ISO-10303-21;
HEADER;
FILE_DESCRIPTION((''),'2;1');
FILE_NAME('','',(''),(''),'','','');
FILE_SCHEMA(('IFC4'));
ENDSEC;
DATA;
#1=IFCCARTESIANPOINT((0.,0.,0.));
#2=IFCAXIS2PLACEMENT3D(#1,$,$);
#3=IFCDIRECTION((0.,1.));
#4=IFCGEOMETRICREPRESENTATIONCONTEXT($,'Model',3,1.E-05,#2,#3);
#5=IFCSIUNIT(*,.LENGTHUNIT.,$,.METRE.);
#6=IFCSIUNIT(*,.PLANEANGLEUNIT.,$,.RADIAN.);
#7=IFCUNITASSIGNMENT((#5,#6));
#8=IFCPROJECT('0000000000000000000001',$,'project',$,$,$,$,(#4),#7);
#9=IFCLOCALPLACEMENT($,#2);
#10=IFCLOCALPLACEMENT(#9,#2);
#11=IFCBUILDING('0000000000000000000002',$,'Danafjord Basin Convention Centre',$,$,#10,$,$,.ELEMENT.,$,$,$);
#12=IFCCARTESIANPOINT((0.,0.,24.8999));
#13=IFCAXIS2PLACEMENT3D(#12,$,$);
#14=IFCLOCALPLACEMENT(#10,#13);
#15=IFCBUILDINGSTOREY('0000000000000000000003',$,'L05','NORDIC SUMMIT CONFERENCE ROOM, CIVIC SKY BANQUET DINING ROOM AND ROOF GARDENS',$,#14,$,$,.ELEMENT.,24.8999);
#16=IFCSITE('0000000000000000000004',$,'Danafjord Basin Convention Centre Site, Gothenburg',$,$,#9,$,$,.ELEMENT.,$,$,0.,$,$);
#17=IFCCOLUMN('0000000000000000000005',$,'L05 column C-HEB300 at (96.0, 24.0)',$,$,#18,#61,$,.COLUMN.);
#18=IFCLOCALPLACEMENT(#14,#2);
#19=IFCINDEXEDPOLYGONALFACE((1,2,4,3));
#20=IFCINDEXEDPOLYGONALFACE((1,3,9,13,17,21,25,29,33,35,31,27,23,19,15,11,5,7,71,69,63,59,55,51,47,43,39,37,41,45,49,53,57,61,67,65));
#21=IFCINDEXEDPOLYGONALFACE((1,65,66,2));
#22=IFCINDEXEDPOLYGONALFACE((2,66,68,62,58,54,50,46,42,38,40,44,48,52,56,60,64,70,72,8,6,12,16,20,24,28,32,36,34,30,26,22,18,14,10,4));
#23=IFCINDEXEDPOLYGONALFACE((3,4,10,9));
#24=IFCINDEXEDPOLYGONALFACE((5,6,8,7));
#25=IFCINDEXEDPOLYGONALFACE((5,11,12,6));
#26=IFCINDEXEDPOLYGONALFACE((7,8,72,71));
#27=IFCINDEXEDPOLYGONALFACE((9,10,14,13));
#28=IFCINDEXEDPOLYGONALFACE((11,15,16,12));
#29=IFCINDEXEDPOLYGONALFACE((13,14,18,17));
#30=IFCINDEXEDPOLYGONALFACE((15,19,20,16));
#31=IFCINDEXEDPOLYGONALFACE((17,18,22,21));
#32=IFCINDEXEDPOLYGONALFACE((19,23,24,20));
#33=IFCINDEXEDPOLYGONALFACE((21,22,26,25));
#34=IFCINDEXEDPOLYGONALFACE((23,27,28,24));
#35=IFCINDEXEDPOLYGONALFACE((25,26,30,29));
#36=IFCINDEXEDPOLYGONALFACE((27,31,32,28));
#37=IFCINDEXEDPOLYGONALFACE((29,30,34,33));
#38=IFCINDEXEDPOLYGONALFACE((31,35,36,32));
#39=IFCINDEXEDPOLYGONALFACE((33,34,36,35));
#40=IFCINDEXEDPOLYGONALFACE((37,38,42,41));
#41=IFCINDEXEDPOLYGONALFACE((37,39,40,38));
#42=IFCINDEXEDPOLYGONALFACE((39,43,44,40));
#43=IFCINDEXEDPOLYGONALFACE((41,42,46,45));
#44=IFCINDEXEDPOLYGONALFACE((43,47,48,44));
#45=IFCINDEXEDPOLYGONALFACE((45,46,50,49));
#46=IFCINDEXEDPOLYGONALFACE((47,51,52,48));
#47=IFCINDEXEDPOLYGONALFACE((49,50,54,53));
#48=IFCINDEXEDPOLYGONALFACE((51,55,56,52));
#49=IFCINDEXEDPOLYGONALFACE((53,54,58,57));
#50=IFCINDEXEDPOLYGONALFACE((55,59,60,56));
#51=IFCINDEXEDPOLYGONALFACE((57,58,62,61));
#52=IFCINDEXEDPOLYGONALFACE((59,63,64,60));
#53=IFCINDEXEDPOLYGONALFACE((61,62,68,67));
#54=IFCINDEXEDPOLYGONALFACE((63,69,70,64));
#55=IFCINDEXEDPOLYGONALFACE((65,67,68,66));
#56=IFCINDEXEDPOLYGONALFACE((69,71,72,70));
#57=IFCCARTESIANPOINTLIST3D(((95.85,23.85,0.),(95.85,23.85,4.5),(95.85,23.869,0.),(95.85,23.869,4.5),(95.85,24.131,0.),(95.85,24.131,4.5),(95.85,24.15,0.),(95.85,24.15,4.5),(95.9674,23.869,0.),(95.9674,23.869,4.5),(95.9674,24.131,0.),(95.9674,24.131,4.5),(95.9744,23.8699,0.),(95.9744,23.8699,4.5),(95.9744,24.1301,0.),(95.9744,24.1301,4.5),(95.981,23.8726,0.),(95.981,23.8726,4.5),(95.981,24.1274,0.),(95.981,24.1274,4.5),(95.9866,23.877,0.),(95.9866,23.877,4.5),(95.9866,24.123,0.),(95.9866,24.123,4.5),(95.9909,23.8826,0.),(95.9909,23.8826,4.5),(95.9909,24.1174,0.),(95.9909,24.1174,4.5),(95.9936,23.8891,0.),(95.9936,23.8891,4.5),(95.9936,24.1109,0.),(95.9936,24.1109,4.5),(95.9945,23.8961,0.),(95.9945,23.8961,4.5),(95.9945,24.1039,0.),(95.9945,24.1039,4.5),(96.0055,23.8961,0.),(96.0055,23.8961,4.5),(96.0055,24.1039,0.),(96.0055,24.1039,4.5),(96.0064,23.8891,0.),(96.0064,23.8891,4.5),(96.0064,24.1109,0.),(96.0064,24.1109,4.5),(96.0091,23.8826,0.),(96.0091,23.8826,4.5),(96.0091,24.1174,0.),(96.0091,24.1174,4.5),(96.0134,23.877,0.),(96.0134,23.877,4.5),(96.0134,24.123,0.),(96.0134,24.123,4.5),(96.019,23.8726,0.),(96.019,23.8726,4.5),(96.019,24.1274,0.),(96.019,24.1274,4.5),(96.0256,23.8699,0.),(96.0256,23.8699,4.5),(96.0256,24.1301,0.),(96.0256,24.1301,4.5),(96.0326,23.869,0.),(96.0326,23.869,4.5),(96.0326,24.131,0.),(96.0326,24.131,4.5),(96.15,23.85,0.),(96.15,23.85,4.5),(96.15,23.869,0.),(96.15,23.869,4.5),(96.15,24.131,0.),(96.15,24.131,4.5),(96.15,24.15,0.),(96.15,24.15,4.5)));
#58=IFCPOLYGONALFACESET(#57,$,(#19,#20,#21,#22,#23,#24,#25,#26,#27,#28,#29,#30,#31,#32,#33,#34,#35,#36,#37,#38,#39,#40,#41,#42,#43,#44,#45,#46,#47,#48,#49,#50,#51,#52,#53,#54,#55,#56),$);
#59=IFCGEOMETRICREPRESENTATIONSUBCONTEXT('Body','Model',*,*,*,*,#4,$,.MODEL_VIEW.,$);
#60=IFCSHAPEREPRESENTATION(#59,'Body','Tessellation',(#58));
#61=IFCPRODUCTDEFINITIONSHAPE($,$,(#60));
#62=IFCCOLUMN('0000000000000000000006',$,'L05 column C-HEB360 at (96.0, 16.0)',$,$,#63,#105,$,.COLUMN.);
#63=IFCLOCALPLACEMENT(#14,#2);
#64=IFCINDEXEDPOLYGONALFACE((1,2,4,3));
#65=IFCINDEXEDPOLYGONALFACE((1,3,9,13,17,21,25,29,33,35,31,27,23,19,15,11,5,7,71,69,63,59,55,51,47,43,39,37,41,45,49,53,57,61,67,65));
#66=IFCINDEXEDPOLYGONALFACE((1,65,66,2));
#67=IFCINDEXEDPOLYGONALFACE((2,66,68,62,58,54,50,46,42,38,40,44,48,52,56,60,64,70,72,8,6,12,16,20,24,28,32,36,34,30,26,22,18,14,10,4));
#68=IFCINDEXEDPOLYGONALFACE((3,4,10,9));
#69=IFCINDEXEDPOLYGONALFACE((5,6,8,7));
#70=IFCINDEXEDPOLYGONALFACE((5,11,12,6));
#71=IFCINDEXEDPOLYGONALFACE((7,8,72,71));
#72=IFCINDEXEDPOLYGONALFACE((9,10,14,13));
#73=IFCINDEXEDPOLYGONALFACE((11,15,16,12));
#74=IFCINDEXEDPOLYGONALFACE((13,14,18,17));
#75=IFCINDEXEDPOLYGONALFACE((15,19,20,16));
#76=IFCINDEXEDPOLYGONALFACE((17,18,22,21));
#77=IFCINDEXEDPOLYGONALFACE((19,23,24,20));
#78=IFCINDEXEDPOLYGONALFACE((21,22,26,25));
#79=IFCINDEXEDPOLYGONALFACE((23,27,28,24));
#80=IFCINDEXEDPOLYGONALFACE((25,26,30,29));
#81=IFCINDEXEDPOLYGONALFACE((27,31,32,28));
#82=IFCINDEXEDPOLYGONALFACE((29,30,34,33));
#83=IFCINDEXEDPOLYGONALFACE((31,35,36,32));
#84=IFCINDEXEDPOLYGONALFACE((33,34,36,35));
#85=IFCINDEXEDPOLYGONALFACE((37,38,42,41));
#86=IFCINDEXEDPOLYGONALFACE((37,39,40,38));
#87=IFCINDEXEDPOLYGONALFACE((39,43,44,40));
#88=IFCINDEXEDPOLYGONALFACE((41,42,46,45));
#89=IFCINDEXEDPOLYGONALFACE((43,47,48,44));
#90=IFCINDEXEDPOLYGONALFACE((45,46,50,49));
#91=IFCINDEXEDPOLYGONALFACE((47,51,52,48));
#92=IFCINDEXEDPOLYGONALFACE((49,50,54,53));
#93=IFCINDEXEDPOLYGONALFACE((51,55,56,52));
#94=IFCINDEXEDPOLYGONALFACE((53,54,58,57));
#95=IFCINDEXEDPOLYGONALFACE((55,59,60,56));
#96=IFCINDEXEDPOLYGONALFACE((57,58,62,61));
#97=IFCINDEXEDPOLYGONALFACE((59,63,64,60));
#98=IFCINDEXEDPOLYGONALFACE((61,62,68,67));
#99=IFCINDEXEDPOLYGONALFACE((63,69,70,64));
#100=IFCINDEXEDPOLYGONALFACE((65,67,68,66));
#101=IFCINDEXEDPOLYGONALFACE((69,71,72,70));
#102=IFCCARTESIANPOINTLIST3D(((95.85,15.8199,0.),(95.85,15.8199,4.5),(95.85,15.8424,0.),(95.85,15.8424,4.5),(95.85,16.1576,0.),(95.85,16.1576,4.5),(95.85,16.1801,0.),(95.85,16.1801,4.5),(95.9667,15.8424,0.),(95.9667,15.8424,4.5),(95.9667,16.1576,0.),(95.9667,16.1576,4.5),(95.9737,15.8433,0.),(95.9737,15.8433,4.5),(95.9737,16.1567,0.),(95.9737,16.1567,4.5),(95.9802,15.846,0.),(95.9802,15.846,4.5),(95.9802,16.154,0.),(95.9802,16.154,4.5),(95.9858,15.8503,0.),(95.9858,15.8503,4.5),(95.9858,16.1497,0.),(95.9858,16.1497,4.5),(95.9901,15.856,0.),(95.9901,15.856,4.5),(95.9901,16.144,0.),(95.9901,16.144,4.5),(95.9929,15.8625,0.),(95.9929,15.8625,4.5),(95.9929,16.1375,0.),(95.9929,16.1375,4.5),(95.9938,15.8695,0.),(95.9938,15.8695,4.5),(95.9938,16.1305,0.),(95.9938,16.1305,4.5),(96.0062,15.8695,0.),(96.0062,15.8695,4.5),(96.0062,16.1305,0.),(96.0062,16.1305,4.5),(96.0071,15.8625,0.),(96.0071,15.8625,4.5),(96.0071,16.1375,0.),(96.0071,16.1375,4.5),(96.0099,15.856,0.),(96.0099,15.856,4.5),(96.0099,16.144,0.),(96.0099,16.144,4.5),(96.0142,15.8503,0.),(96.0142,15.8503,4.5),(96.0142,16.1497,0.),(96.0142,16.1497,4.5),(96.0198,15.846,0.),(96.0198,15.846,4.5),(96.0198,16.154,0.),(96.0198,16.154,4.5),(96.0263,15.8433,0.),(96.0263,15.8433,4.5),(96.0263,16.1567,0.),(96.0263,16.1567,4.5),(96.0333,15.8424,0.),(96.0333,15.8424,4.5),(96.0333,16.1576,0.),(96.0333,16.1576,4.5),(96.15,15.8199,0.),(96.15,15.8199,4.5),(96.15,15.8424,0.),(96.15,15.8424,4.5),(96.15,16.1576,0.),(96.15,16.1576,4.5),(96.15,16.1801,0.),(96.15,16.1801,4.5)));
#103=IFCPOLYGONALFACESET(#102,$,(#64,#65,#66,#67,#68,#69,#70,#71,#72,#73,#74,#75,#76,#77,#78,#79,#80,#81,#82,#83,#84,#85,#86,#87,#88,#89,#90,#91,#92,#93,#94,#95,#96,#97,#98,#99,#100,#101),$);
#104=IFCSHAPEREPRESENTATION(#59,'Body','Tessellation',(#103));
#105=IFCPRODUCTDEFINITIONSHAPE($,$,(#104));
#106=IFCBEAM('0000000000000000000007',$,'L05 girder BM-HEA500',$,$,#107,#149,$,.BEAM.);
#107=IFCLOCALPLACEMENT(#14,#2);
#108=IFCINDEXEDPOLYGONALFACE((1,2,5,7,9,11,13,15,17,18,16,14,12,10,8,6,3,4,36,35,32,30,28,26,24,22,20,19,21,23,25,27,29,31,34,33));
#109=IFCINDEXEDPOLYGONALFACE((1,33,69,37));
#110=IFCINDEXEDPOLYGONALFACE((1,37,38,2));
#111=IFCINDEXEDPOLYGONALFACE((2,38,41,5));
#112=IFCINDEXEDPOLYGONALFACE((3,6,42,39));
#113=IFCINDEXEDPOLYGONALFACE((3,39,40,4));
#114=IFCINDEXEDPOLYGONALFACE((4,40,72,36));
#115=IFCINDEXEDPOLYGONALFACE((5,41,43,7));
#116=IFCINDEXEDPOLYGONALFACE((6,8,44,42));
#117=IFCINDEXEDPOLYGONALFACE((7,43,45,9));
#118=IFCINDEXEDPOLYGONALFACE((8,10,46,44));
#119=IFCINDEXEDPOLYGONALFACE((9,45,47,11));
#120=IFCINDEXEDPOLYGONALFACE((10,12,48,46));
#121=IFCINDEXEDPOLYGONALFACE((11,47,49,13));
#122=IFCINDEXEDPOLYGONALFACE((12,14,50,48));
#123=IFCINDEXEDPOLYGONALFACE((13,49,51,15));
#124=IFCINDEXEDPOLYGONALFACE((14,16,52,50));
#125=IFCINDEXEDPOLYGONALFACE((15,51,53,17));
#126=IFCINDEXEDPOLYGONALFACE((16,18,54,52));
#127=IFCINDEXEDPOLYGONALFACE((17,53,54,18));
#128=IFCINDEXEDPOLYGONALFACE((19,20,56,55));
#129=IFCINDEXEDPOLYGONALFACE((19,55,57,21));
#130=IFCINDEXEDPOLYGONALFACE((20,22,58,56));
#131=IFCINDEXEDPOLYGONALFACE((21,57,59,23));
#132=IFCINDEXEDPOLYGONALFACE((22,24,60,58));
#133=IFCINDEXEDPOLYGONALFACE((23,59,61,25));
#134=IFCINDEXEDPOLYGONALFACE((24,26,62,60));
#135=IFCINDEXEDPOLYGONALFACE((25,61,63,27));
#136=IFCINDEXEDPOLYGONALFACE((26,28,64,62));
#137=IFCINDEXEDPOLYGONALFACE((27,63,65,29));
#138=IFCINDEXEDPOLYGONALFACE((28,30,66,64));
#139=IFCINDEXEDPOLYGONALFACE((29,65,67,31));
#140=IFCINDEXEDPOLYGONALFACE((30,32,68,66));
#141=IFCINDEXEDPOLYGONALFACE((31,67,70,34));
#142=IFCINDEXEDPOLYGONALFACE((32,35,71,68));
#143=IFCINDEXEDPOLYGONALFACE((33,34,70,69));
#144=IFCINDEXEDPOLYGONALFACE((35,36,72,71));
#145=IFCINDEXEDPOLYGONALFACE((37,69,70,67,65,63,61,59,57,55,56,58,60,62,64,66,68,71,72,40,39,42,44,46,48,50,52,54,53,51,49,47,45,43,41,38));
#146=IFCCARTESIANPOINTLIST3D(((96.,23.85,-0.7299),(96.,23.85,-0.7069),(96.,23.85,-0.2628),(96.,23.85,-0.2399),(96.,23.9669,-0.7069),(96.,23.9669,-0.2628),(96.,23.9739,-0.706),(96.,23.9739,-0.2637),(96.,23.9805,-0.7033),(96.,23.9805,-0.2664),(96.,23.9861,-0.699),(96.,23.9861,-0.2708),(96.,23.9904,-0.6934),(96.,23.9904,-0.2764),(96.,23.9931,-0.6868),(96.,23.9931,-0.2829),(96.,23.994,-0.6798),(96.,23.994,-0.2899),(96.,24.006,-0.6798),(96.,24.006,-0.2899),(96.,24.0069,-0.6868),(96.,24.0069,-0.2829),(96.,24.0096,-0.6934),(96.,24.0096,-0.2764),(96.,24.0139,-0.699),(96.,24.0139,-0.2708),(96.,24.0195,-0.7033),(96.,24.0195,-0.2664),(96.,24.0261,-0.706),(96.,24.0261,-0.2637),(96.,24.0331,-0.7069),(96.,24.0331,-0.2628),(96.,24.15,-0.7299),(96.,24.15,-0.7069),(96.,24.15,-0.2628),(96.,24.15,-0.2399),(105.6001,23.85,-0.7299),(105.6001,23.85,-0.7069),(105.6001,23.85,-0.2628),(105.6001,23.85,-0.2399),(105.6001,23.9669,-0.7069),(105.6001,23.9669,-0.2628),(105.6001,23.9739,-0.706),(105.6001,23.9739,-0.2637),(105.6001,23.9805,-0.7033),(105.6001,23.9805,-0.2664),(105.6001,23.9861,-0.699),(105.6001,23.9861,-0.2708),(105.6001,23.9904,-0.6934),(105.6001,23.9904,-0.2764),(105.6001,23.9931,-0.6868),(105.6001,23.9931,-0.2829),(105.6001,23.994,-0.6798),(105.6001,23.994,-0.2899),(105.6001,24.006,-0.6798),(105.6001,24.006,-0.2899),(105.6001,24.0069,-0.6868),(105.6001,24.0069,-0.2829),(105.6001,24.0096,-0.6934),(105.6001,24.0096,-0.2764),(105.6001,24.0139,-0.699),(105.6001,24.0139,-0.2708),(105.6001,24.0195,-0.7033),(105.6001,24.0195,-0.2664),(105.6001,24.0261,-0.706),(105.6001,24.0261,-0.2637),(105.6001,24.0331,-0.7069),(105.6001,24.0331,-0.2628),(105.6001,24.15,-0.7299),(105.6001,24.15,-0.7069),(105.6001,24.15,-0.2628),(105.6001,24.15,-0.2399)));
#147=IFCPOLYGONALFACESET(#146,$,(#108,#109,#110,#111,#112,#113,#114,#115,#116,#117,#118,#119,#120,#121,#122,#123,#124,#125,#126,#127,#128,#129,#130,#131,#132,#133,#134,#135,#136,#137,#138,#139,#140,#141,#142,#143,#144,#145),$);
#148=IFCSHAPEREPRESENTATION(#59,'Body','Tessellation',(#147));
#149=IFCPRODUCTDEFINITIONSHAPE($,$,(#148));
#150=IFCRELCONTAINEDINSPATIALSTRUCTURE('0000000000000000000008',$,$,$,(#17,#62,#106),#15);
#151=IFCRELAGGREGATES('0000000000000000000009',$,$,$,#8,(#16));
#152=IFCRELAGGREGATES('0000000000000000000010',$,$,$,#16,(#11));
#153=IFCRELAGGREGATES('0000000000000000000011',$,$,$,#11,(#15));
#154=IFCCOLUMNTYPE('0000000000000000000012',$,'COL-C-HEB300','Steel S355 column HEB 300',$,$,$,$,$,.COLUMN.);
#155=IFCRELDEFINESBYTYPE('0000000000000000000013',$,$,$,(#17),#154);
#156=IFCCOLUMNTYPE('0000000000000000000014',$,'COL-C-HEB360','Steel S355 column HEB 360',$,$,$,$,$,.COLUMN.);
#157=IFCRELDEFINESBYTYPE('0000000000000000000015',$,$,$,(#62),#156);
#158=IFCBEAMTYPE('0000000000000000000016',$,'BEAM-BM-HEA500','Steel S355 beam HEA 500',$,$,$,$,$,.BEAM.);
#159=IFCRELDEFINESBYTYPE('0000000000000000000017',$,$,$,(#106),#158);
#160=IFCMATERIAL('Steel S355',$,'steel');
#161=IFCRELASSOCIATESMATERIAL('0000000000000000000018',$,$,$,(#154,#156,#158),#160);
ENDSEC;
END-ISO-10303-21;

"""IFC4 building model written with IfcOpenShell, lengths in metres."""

from ifc_helpers import new_model, si_unit, direction, frame, origin, origin_2d, place, context, subcontext, project, spatial, i_section, extrude, material, material_profile, profile_set, type_object, element, save


model = new_model("IFC4")

# Units and contexts
model_context = context("Model", 3, precision=1e-05, world=origin(), true_north=direction((0.0, 1.0)))
body_context = subcontext(model_context, "Body", "Model", "MODEL_VIEW")
ifc_project = project(units=[si_unit("LENGTHUNIT", "METRE"), si_unit("PLANEANGLEUNIT", "RADIAN")], contexts=[model_context])

# Site, building, storey
site_placement = place(None, origin())
site = spatial("IfcSite", under=ifc_project, at=site_placement, Name="Danafjord Basin Convention Centre Site, Gothenburg", CompositionType="ELEMENT", RefElevation=0.0)
building_placement = place(site_placement, origin())
building = spatial("IfcBuilding", under=site, at=building_placement, Name="Danafjord Basin Convention Centre", CompositionType="ELEMENT")
storey_placement = place(building_placement, frame((0.0, 0.0, 24.8999)))
storey = spatial("IfcBuildingStorey", under=building, at=storey_placement, Name="L05", Description="NORDIC SUMMIT CONFERENCE ROOM, CIVIC SKY BANQUET DINING ROOM AND ROOF GARDENS", CompositionType="ELEMENT", Elevation=24.8999)

# Columns
ifc_material_1 = material(Name="Steel S355", Category="steel")
ifc_material_profile_1 = material_profile(ifc_material_1, i_section(OverallWidth=0.3, OverallDepth=0.3, WebThickness=0.011, FlangeThickness=0.019, FilletRadius=0.0271, at=origin_2d()), Name="HEB 300")
ifc_profile_set_1 = profile_set([ifc_material_profile_1], Name="Steel S355")
column_type_1 = type_object("IfcColumnType", Name="COL-C-HEB300", Description="Steel S355 column HEB 300", PredefinedType="COLUMN", material=ifc_profile_set_1)
column_1_placement = place(storey_placement, frame((96.0, 24.0, 0.0), z_axis=(0.0, 0.0, 1.0), x_axis=(1.0, 0.0, 0.0)))
element("IfcColumn", 1, at=column_1_placement, inside=storey, type_object=column_type_1, Name="L05 column C-HEB300 at (96.0, 24.0)", PredefinedType="COLUMN", context=body_context, shape_type="SweptSolid", body=[
    extrude(i_section(OverallWidth=0.3, OverallDepth=0.3, WebThickness=0.011, FlangeThickness=0.019, FilletRadius=0.0271, at=origin_2d()), origin(), (0.0, 0.0, 1.0), 4.5),
])
ifc_material_profile_2 = material_profile(ifc_material_1, i_section(OverallWidth=0.3, OverallDepth=0.3601, WebThickness=0.0125, FlangeThickness=0.0225, FilletRadius=0.0271, at=origin_2d()), Name="HEB 360")
ifc_profile_set_2 = profile_set([ifc_material_profile_2], Name="Steel S355")
column_type_2 = type_object("IfcColumnType", Name="COL-C-HEB360", Description="Steel S355 column HEB 360", PredefinedType="COLUMN", material=ifc_profile_set_2)
column_2_placement = place(storey_placement, frame((96.0, 16.0, 0.0), z_axis=(0.0, 0.0, 1.0), x_axis=(1.0, 0.0, 0.0)))
element("IfcColumn", 2, at=column_2_placement, inside=storey, type_object=column_type_2, Name="L05 column C-HEB360 at (96.0, 16.0)", PredefinedType="COLUMN", context=body_context, shape_type="SweptSolid", body=[
    extrude(i_section(OverallWidth=0.3, OverallDepth=0.3601, WebThickness=0.0125, FlangeThickness=0.0225, FilletRadius=0.0271, at=origin_2d()), origin(), (0.0, 0.0, 1.0), 4.5),
])

# Beam
ifc_material_profile_3 = material_profile(ifc_material_1, i_section(OverallWidth=0.3, OverallDepth=0.49, WebThickness=0.012, FlangeThickness=0.0229, FilletRadius=0.0271, at=origin_2d()), Name="HEA 500")
ifc_profile_set_3 = profile_set([ifc_material_profile_3], Name="Steel S355")
beam_type_1 = type_object("IfcBeamType", Name="BEAM-BM-HEA500", Description="Steel S355 beam HEA 500", PredefinedType="BEAM", material=ifc_profile_set_3)
beam_1_placement = place(storey_placement, frame((96.0, 24.0, -0.4849), z_axis=(1.0, 0.0, 0.0), x_axis=(0.0, 1.0, 0.0)))
element("IfcBeam", 3, at=beam_1_placement, inside=storey, type_object=beam_type_1, Name="L05 girder BM-HEA500", PredefinedType="BEAM", context=body_context, shape_type="SweptSolid", body=[
    extrude(i_section(OverallWidth=0.3, OverallDepth=0.49, WebThickness=0.012, FlangeThickness=0.0229, FilletRadius=0.0271, at=origin_2d()), origin(), (0.0, 0.0, 1.0), 9.6001),
])

save(model, "model.ifc")
